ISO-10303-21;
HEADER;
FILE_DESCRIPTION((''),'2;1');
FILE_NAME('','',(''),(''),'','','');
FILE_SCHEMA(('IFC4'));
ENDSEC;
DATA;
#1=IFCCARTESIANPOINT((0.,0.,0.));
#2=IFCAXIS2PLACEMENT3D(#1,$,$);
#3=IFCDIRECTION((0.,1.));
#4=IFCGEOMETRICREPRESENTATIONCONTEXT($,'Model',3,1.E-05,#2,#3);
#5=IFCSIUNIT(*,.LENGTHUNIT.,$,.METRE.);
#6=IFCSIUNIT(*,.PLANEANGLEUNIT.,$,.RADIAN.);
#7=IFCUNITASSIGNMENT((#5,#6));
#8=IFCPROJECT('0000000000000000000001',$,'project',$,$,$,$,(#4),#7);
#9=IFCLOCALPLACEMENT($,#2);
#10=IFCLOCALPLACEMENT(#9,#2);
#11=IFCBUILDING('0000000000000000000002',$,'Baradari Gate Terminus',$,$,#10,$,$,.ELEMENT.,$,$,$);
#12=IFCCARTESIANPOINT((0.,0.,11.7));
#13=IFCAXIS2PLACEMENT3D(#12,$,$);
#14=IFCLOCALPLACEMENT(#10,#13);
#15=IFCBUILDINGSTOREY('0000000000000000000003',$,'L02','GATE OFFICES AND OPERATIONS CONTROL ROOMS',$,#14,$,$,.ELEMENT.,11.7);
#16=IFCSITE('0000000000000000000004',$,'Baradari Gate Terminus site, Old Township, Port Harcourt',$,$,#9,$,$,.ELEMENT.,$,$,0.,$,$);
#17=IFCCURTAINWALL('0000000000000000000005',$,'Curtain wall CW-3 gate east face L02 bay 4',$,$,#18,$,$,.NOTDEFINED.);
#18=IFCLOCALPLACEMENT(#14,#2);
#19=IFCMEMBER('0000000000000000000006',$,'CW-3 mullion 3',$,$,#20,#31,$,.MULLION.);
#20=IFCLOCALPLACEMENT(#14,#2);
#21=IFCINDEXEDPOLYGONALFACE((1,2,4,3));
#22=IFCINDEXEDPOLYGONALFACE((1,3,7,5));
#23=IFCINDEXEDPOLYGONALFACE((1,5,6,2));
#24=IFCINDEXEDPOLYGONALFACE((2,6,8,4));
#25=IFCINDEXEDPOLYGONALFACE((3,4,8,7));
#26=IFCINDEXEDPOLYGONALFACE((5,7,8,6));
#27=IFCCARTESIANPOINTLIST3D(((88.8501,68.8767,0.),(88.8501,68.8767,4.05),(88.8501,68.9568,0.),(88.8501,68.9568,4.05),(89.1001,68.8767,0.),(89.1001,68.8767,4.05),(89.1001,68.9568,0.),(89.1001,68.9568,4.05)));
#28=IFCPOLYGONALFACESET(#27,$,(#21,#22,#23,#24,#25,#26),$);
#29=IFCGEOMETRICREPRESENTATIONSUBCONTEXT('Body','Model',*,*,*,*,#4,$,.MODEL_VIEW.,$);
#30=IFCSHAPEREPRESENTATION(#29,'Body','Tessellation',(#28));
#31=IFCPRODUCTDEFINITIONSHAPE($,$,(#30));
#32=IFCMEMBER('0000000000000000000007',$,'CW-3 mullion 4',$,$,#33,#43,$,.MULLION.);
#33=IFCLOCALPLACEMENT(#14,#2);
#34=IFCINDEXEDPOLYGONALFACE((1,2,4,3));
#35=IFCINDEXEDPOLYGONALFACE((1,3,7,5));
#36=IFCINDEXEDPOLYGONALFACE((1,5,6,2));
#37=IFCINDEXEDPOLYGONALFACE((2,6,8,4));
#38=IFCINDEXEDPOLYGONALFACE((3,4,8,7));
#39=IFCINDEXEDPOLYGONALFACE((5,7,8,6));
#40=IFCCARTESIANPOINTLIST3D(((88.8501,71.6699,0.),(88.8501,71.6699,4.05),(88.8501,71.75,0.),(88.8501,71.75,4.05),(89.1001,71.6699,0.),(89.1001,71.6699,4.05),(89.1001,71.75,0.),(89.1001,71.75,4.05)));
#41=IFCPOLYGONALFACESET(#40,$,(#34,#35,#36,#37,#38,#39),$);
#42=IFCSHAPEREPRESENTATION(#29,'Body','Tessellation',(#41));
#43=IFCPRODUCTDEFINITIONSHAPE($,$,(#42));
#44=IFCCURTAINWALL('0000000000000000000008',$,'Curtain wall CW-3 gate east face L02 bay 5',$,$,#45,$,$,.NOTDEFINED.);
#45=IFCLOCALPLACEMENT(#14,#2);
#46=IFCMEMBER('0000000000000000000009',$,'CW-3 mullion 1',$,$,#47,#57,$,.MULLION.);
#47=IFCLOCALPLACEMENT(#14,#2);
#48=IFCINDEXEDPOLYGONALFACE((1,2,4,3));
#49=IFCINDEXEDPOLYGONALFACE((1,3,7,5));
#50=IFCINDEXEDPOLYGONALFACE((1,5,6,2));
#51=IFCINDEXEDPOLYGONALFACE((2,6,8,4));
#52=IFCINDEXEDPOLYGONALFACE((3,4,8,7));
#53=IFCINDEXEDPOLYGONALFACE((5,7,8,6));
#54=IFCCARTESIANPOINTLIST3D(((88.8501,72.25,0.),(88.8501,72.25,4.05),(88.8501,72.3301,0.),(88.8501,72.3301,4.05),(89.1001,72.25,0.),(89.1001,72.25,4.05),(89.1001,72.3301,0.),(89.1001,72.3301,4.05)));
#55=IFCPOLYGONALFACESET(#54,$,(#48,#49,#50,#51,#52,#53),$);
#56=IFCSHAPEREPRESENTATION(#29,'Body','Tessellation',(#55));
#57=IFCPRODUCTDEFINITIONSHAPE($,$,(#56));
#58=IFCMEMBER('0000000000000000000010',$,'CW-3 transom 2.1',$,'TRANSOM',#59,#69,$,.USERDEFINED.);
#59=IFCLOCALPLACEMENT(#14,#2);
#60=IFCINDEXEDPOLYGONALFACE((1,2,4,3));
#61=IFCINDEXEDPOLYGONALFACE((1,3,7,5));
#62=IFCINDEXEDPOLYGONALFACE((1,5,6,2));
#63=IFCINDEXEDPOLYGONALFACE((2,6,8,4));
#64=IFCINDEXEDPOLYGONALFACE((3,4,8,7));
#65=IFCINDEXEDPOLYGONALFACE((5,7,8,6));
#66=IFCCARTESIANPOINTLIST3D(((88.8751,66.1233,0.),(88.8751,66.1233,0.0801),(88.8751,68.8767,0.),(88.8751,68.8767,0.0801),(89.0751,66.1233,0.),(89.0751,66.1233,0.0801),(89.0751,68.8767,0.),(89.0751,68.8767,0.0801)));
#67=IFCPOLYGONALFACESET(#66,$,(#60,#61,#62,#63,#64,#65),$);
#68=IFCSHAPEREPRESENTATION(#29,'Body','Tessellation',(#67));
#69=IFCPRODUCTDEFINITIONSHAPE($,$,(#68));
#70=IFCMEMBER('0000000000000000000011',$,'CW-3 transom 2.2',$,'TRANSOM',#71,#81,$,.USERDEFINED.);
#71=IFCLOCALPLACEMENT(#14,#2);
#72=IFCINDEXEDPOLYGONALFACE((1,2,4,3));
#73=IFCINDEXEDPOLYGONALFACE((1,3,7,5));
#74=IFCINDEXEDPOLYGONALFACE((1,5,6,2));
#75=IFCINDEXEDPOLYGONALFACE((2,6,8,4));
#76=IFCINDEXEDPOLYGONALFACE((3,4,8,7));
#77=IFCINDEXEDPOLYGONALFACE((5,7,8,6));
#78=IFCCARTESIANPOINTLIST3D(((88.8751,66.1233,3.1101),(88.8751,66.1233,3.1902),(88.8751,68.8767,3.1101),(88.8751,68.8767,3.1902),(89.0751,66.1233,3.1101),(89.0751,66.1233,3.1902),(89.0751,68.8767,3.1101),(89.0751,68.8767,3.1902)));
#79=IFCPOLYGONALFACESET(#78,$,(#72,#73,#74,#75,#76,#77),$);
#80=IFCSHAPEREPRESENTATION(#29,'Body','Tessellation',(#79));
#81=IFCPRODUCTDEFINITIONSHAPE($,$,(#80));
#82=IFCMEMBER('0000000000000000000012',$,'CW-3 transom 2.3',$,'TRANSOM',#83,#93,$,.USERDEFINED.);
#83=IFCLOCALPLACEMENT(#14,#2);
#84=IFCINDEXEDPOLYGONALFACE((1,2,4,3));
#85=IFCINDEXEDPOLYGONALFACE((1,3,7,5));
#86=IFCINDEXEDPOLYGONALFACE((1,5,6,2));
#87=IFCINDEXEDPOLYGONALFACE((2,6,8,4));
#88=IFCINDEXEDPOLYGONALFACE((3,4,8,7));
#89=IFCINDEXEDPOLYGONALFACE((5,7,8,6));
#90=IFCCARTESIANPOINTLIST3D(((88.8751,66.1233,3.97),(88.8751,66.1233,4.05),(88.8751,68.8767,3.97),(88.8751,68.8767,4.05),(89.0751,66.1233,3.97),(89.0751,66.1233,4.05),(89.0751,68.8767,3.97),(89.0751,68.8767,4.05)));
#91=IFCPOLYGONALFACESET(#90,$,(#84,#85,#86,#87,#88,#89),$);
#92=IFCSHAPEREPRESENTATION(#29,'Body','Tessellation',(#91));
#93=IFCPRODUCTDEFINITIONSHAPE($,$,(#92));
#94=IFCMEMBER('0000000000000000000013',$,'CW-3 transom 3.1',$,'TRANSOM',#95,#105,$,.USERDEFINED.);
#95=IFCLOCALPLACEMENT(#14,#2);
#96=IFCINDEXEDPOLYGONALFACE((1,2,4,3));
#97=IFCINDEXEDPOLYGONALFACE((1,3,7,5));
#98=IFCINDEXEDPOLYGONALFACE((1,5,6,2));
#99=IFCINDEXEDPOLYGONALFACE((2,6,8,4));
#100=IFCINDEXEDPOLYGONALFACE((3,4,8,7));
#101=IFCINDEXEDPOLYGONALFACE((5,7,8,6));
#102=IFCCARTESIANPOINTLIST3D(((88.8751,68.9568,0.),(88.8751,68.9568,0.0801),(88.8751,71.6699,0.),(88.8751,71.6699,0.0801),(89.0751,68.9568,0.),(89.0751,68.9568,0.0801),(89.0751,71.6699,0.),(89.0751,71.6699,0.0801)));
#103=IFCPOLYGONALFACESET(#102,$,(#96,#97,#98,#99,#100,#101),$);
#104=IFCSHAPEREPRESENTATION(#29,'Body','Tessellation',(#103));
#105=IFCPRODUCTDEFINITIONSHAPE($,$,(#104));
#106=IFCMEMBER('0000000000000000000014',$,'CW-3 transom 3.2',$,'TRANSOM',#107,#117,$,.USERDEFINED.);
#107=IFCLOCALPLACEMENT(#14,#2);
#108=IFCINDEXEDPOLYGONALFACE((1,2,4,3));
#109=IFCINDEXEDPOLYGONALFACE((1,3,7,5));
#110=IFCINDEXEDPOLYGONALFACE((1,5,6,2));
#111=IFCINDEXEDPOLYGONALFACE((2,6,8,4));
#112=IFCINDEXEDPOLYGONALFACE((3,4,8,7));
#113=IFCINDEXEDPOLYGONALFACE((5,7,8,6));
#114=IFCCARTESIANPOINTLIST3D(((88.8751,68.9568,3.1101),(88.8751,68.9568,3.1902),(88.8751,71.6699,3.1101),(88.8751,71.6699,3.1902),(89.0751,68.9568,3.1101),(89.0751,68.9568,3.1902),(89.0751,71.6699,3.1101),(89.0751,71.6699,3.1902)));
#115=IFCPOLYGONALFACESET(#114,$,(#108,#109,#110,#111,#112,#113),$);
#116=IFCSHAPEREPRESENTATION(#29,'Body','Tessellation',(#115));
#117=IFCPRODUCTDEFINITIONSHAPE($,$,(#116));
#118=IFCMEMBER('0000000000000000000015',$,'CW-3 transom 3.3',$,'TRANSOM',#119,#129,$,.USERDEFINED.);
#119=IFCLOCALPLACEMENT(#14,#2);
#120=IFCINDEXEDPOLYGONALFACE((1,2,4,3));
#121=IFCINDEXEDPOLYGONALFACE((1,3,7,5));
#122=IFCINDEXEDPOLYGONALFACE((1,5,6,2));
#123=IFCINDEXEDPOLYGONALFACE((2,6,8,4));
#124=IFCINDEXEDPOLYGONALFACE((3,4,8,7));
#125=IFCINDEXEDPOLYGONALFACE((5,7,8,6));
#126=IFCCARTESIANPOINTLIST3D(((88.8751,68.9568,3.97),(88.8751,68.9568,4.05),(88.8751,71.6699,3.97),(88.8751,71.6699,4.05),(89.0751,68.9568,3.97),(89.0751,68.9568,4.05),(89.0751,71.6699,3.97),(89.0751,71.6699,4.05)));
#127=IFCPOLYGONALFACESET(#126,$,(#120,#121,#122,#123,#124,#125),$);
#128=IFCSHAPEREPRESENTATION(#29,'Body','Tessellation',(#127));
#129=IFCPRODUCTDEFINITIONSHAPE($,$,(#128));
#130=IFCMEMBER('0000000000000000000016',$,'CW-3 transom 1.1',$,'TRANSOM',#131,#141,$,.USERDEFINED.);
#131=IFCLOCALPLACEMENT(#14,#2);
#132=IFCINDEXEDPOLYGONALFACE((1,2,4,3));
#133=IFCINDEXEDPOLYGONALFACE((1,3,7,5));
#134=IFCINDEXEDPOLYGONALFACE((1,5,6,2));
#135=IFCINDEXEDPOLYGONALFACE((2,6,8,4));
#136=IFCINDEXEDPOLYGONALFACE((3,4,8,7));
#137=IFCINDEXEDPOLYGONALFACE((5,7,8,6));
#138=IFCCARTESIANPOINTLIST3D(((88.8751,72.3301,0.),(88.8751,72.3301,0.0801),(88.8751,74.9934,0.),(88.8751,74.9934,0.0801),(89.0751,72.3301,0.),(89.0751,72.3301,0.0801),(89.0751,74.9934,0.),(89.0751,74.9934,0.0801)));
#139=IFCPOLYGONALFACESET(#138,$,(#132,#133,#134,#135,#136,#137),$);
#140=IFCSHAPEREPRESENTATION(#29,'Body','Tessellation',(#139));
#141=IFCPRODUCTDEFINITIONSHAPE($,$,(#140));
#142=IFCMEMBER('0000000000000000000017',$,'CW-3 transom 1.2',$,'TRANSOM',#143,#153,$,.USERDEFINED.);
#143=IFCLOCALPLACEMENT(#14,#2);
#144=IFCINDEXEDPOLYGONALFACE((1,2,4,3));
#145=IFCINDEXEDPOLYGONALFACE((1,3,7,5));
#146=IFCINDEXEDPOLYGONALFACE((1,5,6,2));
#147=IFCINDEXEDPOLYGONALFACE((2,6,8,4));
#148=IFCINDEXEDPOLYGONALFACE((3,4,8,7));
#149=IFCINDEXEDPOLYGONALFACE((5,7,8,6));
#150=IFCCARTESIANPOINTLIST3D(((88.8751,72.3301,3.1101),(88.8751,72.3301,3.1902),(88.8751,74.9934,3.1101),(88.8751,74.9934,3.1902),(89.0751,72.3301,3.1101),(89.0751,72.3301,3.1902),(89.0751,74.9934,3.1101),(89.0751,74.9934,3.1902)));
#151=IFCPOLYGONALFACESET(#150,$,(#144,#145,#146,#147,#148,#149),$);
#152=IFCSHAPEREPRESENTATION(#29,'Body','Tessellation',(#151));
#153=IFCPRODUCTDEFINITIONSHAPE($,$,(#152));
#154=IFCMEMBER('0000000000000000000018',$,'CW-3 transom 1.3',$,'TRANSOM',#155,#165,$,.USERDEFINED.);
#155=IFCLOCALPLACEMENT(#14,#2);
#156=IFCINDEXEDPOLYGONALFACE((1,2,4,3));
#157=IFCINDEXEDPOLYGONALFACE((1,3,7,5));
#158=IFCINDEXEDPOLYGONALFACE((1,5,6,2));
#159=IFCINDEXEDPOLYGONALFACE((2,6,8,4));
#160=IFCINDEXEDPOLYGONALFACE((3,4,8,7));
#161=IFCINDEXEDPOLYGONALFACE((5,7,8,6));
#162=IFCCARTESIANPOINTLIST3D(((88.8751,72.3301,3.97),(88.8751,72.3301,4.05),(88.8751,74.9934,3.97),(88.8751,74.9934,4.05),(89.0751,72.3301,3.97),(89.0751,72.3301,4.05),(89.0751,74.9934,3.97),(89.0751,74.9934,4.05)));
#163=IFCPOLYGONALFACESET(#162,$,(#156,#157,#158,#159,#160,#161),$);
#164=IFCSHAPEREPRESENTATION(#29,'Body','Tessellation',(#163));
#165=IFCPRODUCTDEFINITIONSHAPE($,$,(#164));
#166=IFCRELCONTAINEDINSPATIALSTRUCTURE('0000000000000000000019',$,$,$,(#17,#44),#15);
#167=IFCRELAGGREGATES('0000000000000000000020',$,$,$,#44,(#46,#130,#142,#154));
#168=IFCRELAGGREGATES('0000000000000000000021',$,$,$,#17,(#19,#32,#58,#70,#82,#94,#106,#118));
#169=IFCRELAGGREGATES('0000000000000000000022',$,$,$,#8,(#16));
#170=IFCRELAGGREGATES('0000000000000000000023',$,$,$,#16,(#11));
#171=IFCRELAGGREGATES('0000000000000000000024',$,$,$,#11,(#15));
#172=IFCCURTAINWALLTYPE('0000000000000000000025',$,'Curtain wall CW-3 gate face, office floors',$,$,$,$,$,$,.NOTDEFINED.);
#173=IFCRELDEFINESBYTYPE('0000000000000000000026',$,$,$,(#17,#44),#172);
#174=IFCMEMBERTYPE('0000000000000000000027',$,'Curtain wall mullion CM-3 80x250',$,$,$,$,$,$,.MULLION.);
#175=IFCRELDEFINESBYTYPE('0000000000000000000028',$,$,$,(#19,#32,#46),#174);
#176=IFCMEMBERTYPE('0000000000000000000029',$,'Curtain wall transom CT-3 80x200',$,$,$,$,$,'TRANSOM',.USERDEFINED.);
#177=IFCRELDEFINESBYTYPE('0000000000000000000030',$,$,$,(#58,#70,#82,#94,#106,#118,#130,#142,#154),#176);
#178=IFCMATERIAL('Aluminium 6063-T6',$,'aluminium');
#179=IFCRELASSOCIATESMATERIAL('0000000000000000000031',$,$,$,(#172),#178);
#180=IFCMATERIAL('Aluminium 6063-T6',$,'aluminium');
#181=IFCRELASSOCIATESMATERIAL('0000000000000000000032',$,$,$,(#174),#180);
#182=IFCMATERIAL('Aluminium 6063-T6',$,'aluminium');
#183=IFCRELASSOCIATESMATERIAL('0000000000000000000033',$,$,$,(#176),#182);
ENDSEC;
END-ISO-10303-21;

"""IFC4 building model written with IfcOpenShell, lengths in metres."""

from ifc_helpers import new_model, si_unit, direction, frame, origin, origin_2d, place, context, subcontext, project, spatial, rectangle, extrude, material, material_profile, profile_set, type_object, element, aggregate, save


model = new_model("IFC4")

# Units and contexts
model_context = context("Model", 3, precision=1e-05, world=origin(), true_north=direction((0.0, 1.0)))
body_context = subcontext(model_context, "Body", "Model", "MODEL_VIEW")
ifc_project = project(units=[si_unit("LENGTHUNIT", "METRE"), si_unit("PLANEANGLEUNIT", "RADIAN")], contexts=[model_context])

# Site, building, storey
site_placement = place(None, origin())
site = spatial("IfcSite", under=ifc_project, at=site_placement, Name="Baradari Gate Terminus site, Old Township, Port Harcourt", CompositionType="ELEMENT", RefElevation=0.0)
building_placement = place(site_placement, origin())
building = spatial("IfcBuilding", under=site, at=building_placement, Name="Baradari Gate Terminus", CompositionType="ELEMENT")
storey_placement = place(building_placement, frame((0.0, 0.0, 11.7)))
storey = spatial("IfcBuildingStorey", under=building, at=storey_placement, Name="L02", Description="GATE OFFICES AND OPERATIONS CONTROL ROOMS", CompositionType="ELEMENT", Elevation=11.7)

# Curtain wall, members
ifc_material_1 = material(Name="Aluminium 6063-T6", Category="aluminium")
curtain_wall_type = type_object("IfcCurtainWallType", Name="Curtain wall CW-3 gate face, office floors", PredefinedType="NOTDEFINED", material=ifc_material_1)
curtain_wall_1_placement = place(storey_placement, origin())
curtain_wall_1 = element("IfcCurtainWall", 1, at=curtain_wall_1_placement, inside=storey, type_object=curtain_wall_type, Name="Curtain wall CW-3 gate east face L02 bay 4", PredefinedType="NOTDEFINED")
ifc_material_2 = material(Name="Aluminium 6063-T6", Category="aluminium")
ifc_material_profile_1 = material_profile(ifc_material_2, rectangle(XDim=0.25, YDim=0.0801, at=origin_2d()), Name="CM-3 80X250")
ifc_profile_set_1 = profile_set([ifc_material_profile_1], Name="Aluminium 6063-T6")
member_type_1 = type_object("IfcMemberType", Name="Curtain wall mullion CM-3 80x250", PredefinedType="MULLION", material=ifc_profile_set_1)
member_1_placement = place(storey_placement, frame((88.9751, 68.9167, 0.0), z_axis=(0.0, 0.0, 1.0), x_axis=(-1.0, 0.0, 0.0)))
member_1 = element("IfcMember", 2, at=member_1_placement, type_object=member_type_1, Name="CW-3 mullion 3", PredefinedType="MULLION", context=body_context, shape_type="SweptSolid", body=[
    extrude(rectangle(XDim=0.25, YDim=0.0801, at=origin_2d()), origin(), (0.0, 0.0, 1.0), 4.05),
])
member_2_placement = place(storey_placement, frame((88.9751, 71.71, 0.0), z_axis=(0.0, 0.0, 1.0), x_axis=(-1.0, 0.0, 0.0)))
member_2 = element("IfcMember", 3, at=member_2_placement, type_object=member_type_1, Name="CW-3 mullion 4", PredefinedType="MULLION", context=body_context, shape_type="SweptSolid", body=[
    extrude(rectangle(XDim=0.25, YDim=0.0801, at=origin_2d()), origin(), (0.0, 0.0, 1.0), 4.05),
])

# Curtain wall, member
curtain_wall_2_placement = place(storey_placement, origin())
curtain_wall_2 = element("IfcCurtainWall", 4, at=curtain_wall_2_placement, inside=storey, type_object=curtain_wall_type, Name="Curtain wall CW-3 gate east face L02 bay 5", PredefinedType="NOTDEFINED")
member_3_placement = place(storey_placement, frame((88.9751, 72.29, 0.0), z_axis=(0.0, 0.0, 1.0), x_axis=(-1.0, 0.0, 0.0)))
member_3 = element("IfcMember", 5, at=member_3_placement, type_object=member_type_1, Name="CW-3 mullion 1", PredefinedType="MULLION", context=body_context, shape_type="SweptSolid", body=[
    extrude(rectangle(XDim=0.25, YDim=0.0801, at=origin_2d()), origin(), (0.0, 0.0, 1.0), 4.05),
])

# Members
ifc_material_3 = material(Name="Aluminium 6063-T6", Category="aluminium")
ifc_material_profile_2 = material_profile(ifc_material_3, rectangle(XDim=0.2, YDim=0.0801, at=origin_2d()), Name="CT-3 80X200")
ifc_profile_set_2 = profile_set([ifc_material_profile_2], Name="Aluminium 6063-T6")
member_type_2 = type_object("IfcMemberType", Name="Curtain wall transom CT-3 80x200", ElementType="TRANSOM", PredefinedType="USERDEFINED", material=ifc_profile_set_2)
member_4_placement = place(storey_placement, frame((88.9751, 66.1233, 0.04), z_axis=(0.0, 1.0, 0.0), x_axis=(-1.0, 0.0, 0.0)))
member_4 = element("IfcMember", 6, at=member_4_placement, type_object=member_type_2, Name="CW-3 transom 2.1", ObjectType="TRANSOM", PredefinedType="USERDEFINED", context=body_context, shape_type="SweptSolid", body=[
    extrude(rectangle(XDim=0.2, YDim=0.0801, at=origin_2d()), origin(), (0.0, 0.0, 1.0), 2.7534),
])
member_5_placement = place(storey_placement, frame((88.9751, 66.1233, 3.1501), z_axis=(0.0, 1.0, 0.0), x_axis=(-1.0, 0.0, 0.0)))
member_5 = element("IfcMember", 7, at=member_5_placement, type_object=member_type_2, Name="CW-3 transom 2.2", ObjectType="TRANSOM", PredefinedType="USERDEFINED", context=body_context, shape_type="SweptSolid", body=[
    extrude(rectangle(XDim=0.2, YDim=0.0801, at=origin_2d()), origin(), (0.0, 0.0, 1.0), 2.7534),
])
member_6_placement = place(storey_placement, frame((88.9751, 66.1233, 4.01), z_axis=(0.0, 1.0, 0.0), x_axis=(-1.0, 0.0, 0.0)))
member_6 = element("IfcMember", 8, at=member_6_placement, type_object=member_type_2, Name="CW-3 transom 2.3", ObjectType="TRANSOM", PredefinedType="USERDEFINED", context=body_context, shape_type="SweptSolid", body=[
    extrude(rectangle(XDim=0.2, YDim=0.0801, at=origin_2d()), origin(), (0.0, 0.0, 1.0), 2.7534),
])
member_7_placement = place(storey_placement, frame((88.9751, 68.9568, 0.04), z_axis=(0.0, 1.0, 0.0), x_axis=(-1.0, 0.0, 0.0)))
member_7 = element("IfcMember", 9, at=member_7_placement, type_object=member_type_2, Name="CW-3 transom 3.1", ObjectType="TRANSOM", PredefinedType="USERDEFINED", context=body_context, shape_type="SweptSolid", body=[
    extrude(rectangle(XDim=0.2, YDim=0.0801, at=origin_2d()), origin(), (0.0, 0.0, 1.0), 2.7131),
])
member_8_placement = place(storey_placement, frame((88.9751, 68.9568, 3.1501), z_axis=(0.0, 1.0, 0.0), x_axis=(-1.0, 0.0, 0.0)))
member_8 = element("IfcMember", 10, at=member_8_placement, type_object=member_type_2, Name="CW-3 transom 3.2", ObjectType="TRANSOM", PredefinedType="USERDEFINED", context=body_context, shape_type="SweptSolid", body=[
    extrude(rectangle(XDim=0.2, YDim=0.0801, at=origin_2d()), origin(), (0.0, 0.0, 1.0), 2.7131),
])
member_9_placement = place(storey_placement, frame((88.9751, 68.9568, 4.01), z_axis=(0.0, 1.0, 0.0), x_axis=(-1.0, 0.0, 0.0)))
member_9 = element("IfcMember", 11, at=member_9_placement, type_object=member_type_2, Name="CW-3 transom 3.3", ObjectType="TRANSOM", PredefinedType="USERDEFINED", context=body_context, shape_type="SweptSolid", body=[
    extrude(rectangle(XDim=0.2, YDim=0.0801, at=origin_2d()), origin(), (0.0, 0.0, 1.0), 2.7131),
])
member_10_placement = place(storey_placement, frame((88.9751, 72.3301, 0.04), z_axis=(0.0, 1.0, 0.0), x_axis=(-1.0, 0.0, 0.0)))
member_10 = element("IfcMember", 12, at=member_10_placement, type_object=member_type_2, Name="CW-3 transom 1.1", ObjectType="TRANSOM", PredefinedType="USERDEFINED", context=body_context, shape_type="SweptSolid", body=[
    extrude(rectangle(XDim=0.2, YDim=0.0801, at=origin_2d()), origin(), (0.0, 0.0, 1.0), 2.6633),
])
member_11_placement = place(storey_placement, frame((88.9751, 72.3301, 3.1501), z_axis=(0.0, 1.0, 0.0), x_axis=(-1.0, 0.0, 0.0)))
member_11 = element("IfcMember", 13, at=member_11_placement, type_object=member_type_2, Name="CW-3 transom 1.2", ObjectType="TRANSOM", PredefinedType="USERDEFINED", context=body_context, shape_type="SweptSolid", body=[
    extrude(rectangle(XDim=0.2, YDim=0.0801, at=origin_2d()), origin(), (0.0, 0.0, 1.0), 2.6633),
])
member_12_placement = place(storey_placement, frame((88.9751, 72.3301, 4.01), z_axis=(0.0, 1.0, 0.0), x_axis=(-1.0, 0.0, 0.0)))
member_12 = element("IfcMember", 14, at=member_12_placement, type_object=member_type_2, Name="CW-3 transom 1.3", ObjectType="TRANSOM", PredefinedType="USERDEFINED", context=body_context, shape_type="SweptSolid", body=[
    extrude(rectangle(XDim=0.2, YDim=0.0801, at=origin_2d()), origin(), (0.0, 0.0, 1.0), 2.6633),
])
aggregate(curtain_wall_2, [member_3, member_10, member_11, member_12])

aggregate(curtain_wall_1, [member_1, member_2, member_4, member_5, member_6, member_7, member_8, member_9])

save(model, "model.ifc")
